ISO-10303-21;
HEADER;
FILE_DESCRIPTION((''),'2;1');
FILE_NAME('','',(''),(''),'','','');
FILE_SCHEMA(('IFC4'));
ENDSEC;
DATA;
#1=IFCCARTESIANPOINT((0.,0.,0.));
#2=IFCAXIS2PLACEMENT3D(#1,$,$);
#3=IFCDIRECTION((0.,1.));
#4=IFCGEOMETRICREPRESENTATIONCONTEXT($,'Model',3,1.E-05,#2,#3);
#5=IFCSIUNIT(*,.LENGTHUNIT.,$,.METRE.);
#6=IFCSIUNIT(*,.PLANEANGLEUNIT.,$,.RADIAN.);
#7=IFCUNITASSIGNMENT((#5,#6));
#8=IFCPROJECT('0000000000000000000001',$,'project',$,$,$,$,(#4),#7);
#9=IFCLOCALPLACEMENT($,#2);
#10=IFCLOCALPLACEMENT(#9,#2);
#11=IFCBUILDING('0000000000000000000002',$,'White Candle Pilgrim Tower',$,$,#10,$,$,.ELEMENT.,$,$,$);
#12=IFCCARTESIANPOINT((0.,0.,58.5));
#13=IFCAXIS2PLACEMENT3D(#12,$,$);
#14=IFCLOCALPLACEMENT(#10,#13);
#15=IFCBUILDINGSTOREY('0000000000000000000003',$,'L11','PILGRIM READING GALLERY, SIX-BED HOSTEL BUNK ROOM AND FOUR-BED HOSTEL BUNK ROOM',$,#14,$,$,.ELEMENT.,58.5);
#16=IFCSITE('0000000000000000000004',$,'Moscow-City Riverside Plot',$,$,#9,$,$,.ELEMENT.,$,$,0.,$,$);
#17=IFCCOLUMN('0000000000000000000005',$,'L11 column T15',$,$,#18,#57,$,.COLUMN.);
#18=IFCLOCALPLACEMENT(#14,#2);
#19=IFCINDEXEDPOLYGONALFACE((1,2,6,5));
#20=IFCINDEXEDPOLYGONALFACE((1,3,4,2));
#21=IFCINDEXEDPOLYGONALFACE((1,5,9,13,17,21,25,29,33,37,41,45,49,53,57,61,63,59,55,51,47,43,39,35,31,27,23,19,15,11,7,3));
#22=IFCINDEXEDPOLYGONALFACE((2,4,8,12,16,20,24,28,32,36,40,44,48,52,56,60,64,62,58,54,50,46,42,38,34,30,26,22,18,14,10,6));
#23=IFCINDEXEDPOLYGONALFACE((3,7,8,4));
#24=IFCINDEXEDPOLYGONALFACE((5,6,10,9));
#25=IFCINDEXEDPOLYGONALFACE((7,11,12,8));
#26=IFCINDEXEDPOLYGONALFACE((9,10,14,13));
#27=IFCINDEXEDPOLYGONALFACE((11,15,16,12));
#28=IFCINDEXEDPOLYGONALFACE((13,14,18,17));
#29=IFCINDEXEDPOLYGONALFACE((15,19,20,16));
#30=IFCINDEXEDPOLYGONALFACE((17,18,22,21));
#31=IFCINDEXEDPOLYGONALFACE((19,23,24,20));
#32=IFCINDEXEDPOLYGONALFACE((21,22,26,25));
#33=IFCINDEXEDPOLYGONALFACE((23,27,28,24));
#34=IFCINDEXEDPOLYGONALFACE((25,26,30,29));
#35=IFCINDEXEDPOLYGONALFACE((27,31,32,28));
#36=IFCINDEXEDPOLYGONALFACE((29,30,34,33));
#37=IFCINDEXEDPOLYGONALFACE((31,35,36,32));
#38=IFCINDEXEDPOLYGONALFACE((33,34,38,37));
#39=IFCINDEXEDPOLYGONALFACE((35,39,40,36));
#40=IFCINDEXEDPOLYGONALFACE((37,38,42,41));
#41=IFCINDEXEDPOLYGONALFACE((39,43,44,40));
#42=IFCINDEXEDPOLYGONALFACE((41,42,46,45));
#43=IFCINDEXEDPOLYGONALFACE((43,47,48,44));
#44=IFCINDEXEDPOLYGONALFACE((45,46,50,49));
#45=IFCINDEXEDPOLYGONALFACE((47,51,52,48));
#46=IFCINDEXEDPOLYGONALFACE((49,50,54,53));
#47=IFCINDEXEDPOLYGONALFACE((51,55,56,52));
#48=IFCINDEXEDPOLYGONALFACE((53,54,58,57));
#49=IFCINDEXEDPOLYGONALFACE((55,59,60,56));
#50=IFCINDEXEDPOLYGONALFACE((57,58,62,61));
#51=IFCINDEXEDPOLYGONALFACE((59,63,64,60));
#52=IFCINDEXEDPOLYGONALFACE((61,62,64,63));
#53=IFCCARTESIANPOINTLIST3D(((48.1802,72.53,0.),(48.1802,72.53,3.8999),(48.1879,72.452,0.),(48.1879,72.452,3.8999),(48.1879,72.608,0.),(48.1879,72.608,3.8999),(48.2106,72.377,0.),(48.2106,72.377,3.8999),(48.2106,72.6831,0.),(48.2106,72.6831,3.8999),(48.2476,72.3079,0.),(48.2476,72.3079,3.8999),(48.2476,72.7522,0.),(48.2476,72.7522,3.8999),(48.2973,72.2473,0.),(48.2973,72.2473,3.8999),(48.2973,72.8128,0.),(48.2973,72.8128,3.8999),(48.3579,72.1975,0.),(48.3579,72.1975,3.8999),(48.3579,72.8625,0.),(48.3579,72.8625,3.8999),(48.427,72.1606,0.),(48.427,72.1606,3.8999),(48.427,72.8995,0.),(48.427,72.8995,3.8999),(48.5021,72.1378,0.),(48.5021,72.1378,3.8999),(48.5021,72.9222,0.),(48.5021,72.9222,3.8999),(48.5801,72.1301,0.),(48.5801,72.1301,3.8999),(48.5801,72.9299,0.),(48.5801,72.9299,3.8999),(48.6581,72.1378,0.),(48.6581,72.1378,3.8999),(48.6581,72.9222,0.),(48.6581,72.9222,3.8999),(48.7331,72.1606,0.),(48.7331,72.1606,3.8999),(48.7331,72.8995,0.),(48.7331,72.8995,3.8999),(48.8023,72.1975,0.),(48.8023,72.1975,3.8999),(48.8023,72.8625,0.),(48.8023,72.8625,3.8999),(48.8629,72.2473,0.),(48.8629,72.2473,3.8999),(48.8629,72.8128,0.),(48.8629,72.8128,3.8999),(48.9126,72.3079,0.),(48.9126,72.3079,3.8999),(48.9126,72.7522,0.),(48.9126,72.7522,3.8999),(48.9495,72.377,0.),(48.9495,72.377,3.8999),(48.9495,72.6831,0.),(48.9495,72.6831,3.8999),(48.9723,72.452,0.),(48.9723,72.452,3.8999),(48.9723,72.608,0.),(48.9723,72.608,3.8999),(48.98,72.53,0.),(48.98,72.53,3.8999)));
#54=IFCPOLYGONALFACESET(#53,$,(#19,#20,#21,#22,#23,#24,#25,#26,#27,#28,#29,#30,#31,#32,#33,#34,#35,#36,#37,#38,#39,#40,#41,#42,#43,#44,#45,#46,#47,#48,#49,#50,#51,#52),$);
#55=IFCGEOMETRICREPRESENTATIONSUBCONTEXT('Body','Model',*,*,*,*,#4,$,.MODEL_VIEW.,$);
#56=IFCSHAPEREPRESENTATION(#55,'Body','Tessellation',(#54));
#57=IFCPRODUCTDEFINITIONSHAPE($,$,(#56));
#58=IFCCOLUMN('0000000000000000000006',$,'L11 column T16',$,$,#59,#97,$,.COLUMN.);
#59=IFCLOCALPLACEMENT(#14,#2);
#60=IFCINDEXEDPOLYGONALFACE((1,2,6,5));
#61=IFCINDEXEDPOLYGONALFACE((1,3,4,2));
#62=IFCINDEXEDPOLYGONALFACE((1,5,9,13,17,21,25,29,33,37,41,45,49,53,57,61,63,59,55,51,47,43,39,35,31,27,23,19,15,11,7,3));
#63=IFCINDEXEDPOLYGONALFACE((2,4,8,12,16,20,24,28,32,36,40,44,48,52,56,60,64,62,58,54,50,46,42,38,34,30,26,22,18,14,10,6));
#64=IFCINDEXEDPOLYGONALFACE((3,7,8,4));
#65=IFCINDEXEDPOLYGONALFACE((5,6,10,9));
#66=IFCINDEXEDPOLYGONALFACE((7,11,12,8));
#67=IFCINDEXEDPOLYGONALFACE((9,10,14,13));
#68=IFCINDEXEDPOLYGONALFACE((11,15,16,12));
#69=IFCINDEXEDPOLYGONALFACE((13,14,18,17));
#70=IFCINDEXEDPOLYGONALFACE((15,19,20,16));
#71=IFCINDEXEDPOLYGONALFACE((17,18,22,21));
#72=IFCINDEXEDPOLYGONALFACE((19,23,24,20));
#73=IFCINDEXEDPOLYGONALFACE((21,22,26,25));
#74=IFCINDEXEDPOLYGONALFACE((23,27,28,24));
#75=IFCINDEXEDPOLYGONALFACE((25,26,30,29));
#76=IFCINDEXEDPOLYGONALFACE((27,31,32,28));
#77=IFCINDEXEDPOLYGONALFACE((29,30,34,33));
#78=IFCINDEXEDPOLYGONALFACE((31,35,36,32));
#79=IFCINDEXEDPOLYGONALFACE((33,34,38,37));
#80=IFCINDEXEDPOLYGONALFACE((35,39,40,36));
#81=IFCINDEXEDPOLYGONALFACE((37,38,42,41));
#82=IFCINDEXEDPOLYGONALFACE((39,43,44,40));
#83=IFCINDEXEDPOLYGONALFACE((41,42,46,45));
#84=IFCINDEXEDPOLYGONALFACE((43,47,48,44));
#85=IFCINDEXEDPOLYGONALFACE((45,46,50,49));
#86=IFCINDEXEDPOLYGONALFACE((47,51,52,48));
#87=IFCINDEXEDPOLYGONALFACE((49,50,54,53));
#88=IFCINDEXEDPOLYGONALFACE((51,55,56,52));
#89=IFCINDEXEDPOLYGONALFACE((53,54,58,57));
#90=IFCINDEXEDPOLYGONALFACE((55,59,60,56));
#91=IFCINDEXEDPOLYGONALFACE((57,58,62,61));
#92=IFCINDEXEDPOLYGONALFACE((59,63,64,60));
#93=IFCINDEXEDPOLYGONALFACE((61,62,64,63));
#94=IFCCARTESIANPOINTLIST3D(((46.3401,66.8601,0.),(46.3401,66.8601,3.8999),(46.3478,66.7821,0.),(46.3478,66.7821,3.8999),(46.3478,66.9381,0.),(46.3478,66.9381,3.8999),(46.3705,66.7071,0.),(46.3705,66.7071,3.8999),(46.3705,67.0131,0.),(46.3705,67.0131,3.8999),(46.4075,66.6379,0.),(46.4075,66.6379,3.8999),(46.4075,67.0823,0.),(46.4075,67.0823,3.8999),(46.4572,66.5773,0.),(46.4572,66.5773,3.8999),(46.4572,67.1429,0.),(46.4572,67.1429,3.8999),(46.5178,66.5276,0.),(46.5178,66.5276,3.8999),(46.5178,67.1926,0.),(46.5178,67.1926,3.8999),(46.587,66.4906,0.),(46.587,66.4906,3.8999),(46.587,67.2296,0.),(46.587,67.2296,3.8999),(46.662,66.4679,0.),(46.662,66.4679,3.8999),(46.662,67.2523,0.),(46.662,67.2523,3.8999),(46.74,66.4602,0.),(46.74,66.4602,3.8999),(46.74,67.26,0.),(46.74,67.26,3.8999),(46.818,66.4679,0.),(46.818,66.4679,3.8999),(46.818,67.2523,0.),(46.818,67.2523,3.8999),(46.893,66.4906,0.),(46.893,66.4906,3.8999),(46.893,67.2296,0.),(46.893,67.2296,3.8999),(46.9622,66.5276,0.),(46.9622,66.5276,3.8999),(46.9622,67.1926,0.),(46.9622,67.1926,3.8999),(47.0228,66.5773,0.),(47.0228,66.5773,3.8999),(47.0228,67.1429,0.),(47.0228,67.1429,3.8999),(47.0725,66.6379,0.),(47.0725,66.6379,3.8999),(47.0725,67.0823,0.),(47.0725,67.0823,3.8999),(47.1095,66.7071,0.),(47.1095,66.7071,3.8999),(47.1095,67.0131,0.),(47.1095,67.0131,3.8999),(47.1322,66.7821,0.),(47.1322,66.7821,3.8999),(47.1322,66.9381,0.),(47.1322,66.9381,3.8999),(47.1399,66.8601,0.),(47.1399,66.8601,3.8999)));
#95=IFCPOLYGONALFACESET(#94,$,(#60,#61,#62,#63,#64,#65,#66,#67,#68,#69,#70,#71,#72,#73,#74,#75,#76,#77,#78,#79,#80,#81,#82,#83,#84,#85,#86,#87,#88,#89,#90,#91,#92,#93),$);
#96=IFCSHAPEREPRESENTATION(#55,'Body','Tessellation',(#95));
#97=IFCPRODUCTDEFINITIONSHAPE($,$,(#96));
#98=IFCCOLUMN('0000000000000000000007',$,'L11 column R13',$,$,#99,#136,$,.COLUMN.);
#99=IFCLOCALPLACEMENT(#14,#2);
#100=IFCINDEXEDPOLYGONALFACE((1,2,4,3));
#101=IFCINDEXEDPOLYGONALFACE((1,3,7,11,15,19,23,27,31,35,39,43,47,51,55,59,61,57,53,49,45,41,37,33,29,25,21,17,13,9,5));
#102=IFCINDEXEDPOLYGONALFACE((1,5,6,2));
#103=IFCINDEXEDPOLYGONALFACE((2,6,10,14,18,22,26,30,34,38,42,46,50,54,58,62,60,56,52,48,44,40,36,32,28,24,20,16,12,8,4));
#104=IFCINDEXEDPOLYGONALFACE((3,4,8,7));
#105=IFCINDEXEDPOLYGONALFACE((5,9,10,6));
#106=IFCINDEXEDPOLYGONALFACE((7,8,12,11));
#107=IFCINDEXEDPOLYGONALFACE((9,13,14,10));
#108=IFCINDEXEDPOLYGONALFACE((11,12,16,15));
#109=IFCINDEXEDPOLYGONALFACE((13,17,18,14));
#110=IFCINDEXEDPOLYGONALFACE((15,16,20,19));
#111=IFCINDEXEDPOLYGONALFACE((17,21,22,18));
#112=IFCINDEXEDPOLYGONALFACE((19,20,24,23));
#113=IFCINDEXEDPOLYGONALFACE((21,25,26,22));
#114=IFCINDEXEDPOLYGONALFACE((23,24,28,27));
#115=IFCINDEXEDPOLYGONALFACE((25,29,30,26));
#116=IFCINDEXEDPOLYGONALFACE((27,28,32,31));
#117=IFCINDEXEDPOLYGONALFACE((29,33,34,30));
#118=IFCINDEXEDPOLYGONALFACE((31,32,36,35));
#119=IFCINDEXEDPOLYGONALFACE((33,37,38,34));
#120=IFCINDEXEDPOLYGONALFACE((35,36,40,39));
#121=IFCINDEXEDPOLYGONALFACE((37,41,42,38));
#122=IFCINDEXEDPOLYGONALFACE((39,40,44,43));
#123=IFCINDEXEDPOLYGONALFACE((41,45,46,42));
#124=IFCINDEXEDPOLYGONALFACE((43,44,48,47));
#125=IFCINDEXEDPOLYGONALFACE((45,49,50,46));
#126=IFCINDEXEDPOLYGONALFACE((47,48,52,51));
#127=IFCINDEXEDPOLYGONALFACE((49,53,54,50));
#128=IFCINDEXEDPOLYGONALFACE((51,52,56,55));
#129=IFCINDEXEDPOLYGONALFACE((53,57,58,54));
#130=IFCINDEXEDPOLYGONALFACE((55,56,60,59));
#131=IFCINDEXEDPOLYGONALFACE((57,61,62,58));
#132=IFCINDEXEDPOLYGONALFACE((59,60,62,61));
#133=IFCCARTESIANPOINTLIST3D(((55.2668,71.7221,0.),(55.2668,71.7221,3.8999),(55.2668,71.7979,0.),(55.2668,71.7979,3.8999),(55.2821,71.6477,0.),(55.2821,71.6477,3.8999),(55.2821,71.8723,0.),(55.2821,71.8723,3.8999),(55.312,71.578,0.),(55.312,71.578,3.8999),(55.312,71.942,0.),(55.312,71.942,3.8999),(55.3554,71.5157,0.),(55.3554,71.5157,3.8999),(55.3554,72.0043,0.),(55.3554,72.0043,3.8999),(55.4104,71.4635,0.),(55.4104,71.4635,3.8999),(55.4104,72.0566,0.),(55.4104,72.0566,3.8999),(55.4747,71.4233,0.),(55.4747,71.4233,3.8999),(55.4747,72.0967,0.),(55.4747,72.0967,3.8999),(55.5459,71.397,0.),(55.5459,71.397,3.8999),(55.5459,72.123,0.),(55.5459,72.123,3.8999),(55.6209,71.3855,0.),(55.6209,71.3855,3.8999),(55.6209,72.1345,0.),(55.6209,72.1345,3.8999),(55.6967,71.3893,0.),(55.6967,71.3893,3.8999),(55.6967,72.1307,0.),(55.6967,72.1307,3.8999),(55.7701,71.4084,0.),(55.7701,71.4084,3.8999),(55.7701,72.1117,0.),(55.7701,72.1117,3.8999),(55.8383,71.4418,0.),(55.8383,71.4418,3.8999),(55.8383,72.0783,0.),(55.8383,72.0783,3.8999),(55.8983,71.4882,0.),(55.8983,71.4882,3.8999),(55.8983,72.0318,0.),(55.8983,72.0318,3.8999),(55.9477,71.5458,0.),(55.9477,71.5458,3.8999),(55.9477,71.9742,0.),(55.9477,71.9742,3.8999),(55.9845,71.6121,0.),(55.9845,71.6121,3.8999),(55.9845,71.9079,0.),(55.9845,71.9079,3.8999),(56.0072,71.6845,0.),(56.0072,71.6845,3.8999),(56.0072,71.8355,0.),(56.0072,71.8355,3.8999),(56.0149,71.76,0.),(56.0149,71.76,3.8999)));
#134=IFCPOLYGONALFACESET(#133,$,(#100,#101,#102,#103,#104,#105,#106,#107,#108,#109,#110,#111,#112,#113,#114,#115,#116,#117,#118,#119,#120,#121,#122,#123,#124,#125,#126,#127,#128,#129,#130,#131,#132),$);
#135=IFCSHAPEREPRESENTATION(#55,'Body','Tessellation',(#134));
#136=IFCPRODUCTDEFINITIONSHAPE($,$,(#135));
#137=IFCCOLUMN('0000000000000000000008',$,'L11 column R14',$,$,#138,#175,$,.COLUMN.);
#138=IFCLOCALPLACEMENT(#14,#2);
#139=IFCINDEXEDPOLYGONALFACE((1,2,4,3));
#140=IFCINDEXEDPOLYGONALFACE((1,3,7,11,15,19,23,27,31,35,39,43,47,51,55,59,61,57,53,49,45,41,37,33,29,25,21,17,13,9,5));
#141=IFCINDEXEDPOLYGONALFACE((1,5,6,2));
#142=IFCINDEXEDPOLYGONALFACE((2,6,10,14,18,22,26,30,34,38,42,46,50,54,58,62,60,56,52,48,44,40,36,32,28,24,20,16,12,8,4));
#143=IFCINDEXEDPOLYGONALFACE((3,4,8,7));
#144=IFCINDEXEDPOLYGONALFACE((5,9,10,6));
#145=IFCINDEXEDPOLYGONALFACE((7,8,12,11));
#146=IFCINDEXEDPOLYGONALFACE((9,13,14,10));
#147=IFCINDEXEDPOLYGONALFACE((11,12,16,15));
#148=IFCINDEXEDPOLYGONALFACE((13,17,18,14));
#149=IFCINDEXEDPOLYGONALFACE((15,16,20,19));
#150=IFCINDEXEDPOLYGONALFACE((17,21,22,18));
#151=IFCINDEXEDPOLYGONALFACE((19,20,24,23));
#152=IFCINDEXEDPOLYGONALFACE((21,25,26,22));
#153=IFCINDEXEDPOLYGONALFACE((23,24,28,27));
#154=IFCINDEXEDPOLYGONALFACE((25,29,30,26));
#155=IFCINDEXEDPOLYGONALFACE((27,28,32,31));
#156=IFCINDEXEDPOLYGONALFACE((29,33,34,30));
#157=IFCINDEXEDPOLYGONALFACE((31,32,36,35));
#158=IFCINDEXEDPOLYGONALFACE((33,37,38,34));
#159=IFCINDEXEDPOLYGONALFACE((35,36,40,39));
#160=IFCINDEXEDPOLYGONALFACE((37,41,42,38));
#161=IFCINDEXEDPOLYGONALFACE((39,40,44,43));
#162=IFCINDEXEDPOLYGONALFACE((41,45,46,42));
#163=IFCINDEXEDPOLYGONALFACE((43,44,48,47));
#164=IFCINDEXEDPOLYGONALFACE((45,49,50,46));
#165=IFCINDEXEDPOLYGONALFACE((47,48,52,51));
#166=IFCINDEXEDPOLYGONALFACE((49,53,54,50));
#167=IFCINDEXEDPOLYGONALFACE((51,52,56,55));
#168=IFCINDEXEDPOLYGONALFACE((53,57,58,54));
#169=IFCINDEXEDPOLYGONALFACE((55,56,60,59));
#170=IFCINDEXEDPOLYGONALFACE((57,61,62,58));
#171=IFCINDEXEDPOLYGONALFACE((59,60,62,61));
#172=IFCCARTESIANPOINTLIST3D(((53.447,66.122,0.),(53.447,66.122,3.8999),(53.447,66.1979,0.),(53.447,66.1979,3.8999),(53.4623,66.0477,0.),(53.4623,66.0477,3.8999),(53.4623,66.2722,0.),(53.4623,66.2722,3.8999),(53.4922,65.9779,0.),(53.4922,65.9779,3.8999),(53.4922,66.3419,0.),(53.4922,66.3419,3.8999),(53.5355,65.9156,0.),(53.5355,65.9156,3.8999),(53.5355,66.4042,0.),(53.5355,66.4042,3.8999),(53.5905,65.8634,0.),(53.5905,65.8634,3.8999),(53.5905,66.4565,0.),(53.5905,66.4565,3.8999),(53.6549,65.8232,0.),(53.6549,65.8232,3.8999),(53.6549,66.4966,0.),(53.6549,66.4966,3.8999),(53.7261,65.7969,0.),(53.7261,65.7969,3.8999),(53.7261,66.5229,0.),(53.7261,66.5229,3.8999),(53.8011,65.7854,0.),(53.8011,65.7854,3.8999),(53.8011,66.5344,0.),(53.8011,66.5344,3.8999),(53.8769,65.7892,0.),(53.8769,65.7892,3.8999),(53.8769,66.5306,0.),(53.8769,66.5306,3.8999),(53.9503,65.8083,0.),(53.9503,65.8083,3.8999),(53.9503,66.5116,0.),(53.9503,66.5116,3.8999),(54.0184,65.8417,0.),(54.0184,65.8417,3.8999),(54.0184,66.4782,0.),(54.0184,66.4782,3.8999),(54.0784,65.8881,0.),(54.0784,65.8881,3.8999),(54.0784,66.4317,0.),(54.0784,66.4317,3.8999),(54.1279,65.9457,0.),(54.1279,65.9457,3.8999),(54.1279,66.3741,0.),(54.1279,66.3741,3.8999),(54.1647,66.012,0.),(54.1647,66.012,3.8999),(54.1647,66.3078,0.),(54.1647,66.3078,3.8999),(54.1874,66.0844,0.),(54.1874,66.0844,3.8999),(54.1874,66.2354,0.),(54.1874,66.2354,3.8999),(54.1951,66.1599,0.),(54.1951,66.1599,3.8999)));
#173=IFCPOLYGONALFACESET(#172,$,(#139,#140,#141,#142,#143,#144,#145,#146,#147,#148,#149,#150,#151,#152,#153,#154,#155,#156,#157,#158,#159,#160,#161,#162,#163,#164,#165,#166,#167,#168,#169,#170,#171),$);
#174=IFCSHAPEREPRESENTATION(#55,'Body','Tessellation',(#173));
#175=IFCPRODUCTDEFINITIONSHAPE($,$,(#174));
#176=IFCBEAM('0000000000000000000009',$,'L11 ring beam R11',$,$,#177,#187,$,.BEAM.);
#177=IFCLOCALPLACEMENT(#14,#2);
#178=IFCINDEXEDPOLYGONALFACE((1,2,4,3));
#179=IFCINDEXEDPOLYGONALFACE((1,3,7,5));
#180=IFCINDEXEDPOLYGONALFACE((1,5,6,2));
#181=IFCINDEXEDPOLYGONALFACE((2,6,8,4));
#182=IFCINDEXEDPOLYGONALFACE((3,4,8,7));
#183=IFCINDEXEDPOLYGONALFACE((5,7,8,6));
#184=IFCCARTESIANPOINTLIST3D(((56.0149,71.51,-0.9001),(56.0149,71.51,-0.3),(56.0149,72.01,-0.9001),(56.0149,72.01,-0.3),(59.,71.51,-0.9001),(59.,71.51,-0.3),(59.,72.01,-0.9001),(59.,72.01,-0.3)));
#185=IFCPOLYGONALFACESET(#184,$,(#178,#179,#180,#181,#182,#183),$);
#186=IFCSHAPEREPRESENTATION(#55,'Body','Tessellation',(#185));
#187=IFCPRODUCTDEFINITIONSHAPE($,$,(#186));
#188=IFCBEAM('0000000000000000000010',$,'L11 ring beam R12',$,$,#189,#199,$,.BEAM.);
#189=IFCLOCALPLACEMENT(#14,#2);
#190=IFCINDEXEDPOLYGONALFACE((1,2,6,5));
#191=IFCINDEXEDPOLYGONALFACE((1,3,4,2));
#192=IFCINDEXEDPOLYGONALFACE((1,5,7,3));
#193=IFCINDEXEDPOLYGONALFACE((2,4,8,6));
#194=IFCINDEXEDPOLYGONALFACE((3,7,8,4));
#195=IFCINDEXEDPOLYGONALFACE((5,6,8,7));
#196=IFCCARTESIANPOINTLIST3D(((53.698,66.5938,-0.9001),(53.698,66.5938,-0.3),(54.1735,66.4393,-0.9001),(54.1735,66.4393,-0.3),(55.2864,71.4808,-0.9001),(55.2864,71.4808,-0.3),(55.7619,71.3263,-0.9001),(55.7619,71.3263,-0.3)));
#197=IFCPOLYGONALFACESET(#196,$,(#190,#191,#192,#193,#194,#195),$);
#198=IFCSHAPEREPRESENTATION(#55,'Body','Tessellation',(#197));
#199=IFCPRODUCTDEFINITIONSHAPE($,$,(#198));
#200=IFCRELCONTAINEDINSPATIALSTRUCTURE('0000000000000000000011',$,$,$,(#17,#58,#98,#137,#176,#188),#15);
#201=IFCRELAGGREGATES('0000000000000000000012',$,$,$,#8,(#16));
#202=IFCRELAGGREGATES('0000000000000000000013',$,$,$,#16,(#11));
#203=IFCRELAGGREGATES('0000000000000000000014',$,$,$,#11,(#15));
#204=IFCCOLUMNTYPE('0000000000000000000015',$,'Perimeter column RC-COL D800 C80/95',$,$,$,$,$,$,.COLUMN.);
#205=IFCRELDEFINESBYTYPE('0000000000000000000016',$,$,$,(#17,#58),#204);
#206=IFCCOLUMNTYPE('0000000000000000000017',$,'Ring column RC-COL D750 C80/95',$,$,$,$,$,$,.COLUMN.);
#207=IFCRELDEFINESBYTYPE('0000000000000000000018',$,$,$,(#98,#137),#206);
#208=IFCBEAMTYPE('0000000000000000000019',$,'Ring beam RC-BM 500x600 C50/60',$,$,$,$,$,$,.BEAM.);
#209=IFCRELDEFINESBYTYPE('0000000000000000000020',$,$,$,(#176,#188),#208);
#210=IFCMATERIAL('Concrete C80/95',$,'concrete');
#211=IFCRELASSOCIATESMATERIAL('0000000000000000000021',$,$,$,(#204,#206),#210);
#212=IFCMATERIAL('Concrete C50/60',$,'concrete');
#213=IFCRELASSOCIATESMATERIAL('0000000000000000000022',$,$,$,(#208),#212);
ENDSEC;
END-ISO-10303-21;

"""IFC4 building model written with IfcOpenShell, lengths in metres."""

from ifc_helpers import new_model, si_unit, direction, frame, origin, origin_2d, place, context, subcontext, project, spatial, rectangle, circle, extrude, material, material_profile, profile_set, type_object, element, save


model = new_model("IFC4")

# Units and contexts
model_context = context("Model", 3, precision=1e-05, world=origin(), true_north=direction((0.0, 1.0)))
body_context = subcontext(model_context, "Body", "Model", "MODEL_VIEW")
ifc_project = project(units=[si_unit("LENGTHUNIT", "METRE"), si_unit("PLANEANGLEUNIT", "RADIAN")], contexts=[model_context])

# Site, building, storey
site_placement = place(None, origin())
site = spatial("IfcSite", under=ifc_project, at=site_placement, Name="Moscow-City Riverside Plot", CompositionType="ELEMENT", RefElevation=0.0)
building_placement = place(site_placement, origin())
building = spatial("IfcBuilding", under=site, at=building_placement, Name="White Candle Pilgrim Tower", CompositionType="ELEMENT")
storey_placement = place(building_placement, frame((0.0, 0.0, 58.5)))
storey = spatial("IfcBuildingStorey", under=building, at=storey_placement, Name="L11", Description="PILGRIM READING GALLERY, SIX-BED HOSTEL BUNK ROOM AND FOUR-BED HOSTEL BUNK ROOM", CompositionType="ELEMENT", Elevation=58.5)

# Columns
ifc_material_1 = material(Name="Concrete C80/95", Category="concrete")
ifc_material_profile_1 = material_profile(ifc_material_1, circle(Radius=0.3999, at=origin_2d()), Name="RC-COL D800")
ifc_profile_set_1 = profile_set([ifc_material_profile_1], Name="Concrete C80/95")
column_type_1 = type_object("IfcColumnType", Name="Perimeter column RC-COL D800 C80/95", PredefinedType="COLUMN", material=ifc_profile_set_1)
for number, where, z_axis, x_axis, name in (
    (1, (48.5801, 72.53, 0.0), (0.0, 0.0, 1.0), (1.0, 0.0, 0.0), "L11 column T15"),
    (2, (46.74, 66.8601, 0.0), (0.0, 0.0, 1.0), (1.0, 0.0, 0.0), "L11 column T16"),
):
    element("IfcColumn", number, at=place(storey_placement, frame(where, z_axis=z_axis, x_axis=x_axis)), inside=storey, type_object=column_type_1, Name=name, PredefinedType="COLUMN", context=body_context, shape_type="SweptSolid", body=[
        extrude(circle(Radius=0.3999, at=origin_2d()), origin(), (0.0, 0.0, 1.0), 3.8999),
    ])
ifc_material_profile_2 = material_profile(ifc_material_1, circle(Radius=0.375, at=origin_2d()), Name="RC-COL D750")
ifc_profile_set_2 = profile_set([ifc_material_profile_2], Name="Concrete C80/95")
column_type_2 = type_object("IfcColumnType", Name="Ring column RC-COL D750 C80/95", PredefinedType="COLUMN", material=ifc_profile_set_2)
for number, where, z_axis, x_axis, name in (
    (3, (55.6399, 71.76, 0.0), (0.0, 0.0, 1.0), (1.0, 0.0, 0.0), "L11 column R13"),
    (4, (53.8201, 66.1599, 0.0), (0.0, 0.0, 1.0), (1.0, 0.0, 0.0), "L11 column R14"),
):
    element("IfcColumn", number, at=place(storey_placement, frame(where, z_axis=z_axis, x_axis=x_axis)), inside=storey, type_object=column_type_2, Name=name, PredefinedType="COLUMN", context=body_context, shape_type="SweptSolid", body=[
        extrude(circle(Radius=0.375, at=origin_2d()), origin(), (0.0, 0.0, 1.0), 3.8999),
    ])

# Beams
ifc_material_2 = material(Name="Concrete C50/60", Category="concrete")
ifc_material_profile_3 = material_profile(ifc_material_2, rectangle(XDim=0.5, YDim=0.6001, at=origin_2d()), Name="RC-BM 500x600")
ifc_profile_set_3 = profile_set([ifc_material_profile_3], Name="Concrete C50/60")
beam_type_1 = type_object("IfcBeamType", Name="Ring beam RC-BM 500x600 C50/60", PredefinedType="BEAM", material=ifc_profile_set_3)
beam_1_placement = place(storey_placement, frame((56.0149, 71.76, -0.6001), z_axis=(1.0, 0.0, 0.0), x_axis=(0.0, 1.0, 0.0)))
element("IfcBeam", 5, at=beam_1_placement, inside=storey, type_object=beam_type_1, Name="L11 ring beam R11", PredefinedType="BEAM", context=body_context, shape_type="SweptSolid", body=[
    extrude(rectangle(XDim=0.5, YDim=0.6001, at=origin_2d()), origin(), (0.0, 0.0, 1.0), 2.9851),
])
beam_2_placement = place(storey_placement, frame((55.5242, 71.4036, -0.6001), z_axis=(-0.309106, -0.951027, 0.0), x_axis=(0.951027, -0.309106, 0.0)))
element("IfcBeam", 6, at=beam_2_placement, inside=storey, type_object=beam_type_1, Name="L11 ring beam R12", PredefinedType="BEAM", context=body_context, shape_type="SweptSolid", body=[
    extrude(rectangle(XDim=0.5, YDim=0.6001, at=origin_2d()), origin(), (0.0, 0.0, 1.0), 5.1387),
])

save(model, "model.ifc")
